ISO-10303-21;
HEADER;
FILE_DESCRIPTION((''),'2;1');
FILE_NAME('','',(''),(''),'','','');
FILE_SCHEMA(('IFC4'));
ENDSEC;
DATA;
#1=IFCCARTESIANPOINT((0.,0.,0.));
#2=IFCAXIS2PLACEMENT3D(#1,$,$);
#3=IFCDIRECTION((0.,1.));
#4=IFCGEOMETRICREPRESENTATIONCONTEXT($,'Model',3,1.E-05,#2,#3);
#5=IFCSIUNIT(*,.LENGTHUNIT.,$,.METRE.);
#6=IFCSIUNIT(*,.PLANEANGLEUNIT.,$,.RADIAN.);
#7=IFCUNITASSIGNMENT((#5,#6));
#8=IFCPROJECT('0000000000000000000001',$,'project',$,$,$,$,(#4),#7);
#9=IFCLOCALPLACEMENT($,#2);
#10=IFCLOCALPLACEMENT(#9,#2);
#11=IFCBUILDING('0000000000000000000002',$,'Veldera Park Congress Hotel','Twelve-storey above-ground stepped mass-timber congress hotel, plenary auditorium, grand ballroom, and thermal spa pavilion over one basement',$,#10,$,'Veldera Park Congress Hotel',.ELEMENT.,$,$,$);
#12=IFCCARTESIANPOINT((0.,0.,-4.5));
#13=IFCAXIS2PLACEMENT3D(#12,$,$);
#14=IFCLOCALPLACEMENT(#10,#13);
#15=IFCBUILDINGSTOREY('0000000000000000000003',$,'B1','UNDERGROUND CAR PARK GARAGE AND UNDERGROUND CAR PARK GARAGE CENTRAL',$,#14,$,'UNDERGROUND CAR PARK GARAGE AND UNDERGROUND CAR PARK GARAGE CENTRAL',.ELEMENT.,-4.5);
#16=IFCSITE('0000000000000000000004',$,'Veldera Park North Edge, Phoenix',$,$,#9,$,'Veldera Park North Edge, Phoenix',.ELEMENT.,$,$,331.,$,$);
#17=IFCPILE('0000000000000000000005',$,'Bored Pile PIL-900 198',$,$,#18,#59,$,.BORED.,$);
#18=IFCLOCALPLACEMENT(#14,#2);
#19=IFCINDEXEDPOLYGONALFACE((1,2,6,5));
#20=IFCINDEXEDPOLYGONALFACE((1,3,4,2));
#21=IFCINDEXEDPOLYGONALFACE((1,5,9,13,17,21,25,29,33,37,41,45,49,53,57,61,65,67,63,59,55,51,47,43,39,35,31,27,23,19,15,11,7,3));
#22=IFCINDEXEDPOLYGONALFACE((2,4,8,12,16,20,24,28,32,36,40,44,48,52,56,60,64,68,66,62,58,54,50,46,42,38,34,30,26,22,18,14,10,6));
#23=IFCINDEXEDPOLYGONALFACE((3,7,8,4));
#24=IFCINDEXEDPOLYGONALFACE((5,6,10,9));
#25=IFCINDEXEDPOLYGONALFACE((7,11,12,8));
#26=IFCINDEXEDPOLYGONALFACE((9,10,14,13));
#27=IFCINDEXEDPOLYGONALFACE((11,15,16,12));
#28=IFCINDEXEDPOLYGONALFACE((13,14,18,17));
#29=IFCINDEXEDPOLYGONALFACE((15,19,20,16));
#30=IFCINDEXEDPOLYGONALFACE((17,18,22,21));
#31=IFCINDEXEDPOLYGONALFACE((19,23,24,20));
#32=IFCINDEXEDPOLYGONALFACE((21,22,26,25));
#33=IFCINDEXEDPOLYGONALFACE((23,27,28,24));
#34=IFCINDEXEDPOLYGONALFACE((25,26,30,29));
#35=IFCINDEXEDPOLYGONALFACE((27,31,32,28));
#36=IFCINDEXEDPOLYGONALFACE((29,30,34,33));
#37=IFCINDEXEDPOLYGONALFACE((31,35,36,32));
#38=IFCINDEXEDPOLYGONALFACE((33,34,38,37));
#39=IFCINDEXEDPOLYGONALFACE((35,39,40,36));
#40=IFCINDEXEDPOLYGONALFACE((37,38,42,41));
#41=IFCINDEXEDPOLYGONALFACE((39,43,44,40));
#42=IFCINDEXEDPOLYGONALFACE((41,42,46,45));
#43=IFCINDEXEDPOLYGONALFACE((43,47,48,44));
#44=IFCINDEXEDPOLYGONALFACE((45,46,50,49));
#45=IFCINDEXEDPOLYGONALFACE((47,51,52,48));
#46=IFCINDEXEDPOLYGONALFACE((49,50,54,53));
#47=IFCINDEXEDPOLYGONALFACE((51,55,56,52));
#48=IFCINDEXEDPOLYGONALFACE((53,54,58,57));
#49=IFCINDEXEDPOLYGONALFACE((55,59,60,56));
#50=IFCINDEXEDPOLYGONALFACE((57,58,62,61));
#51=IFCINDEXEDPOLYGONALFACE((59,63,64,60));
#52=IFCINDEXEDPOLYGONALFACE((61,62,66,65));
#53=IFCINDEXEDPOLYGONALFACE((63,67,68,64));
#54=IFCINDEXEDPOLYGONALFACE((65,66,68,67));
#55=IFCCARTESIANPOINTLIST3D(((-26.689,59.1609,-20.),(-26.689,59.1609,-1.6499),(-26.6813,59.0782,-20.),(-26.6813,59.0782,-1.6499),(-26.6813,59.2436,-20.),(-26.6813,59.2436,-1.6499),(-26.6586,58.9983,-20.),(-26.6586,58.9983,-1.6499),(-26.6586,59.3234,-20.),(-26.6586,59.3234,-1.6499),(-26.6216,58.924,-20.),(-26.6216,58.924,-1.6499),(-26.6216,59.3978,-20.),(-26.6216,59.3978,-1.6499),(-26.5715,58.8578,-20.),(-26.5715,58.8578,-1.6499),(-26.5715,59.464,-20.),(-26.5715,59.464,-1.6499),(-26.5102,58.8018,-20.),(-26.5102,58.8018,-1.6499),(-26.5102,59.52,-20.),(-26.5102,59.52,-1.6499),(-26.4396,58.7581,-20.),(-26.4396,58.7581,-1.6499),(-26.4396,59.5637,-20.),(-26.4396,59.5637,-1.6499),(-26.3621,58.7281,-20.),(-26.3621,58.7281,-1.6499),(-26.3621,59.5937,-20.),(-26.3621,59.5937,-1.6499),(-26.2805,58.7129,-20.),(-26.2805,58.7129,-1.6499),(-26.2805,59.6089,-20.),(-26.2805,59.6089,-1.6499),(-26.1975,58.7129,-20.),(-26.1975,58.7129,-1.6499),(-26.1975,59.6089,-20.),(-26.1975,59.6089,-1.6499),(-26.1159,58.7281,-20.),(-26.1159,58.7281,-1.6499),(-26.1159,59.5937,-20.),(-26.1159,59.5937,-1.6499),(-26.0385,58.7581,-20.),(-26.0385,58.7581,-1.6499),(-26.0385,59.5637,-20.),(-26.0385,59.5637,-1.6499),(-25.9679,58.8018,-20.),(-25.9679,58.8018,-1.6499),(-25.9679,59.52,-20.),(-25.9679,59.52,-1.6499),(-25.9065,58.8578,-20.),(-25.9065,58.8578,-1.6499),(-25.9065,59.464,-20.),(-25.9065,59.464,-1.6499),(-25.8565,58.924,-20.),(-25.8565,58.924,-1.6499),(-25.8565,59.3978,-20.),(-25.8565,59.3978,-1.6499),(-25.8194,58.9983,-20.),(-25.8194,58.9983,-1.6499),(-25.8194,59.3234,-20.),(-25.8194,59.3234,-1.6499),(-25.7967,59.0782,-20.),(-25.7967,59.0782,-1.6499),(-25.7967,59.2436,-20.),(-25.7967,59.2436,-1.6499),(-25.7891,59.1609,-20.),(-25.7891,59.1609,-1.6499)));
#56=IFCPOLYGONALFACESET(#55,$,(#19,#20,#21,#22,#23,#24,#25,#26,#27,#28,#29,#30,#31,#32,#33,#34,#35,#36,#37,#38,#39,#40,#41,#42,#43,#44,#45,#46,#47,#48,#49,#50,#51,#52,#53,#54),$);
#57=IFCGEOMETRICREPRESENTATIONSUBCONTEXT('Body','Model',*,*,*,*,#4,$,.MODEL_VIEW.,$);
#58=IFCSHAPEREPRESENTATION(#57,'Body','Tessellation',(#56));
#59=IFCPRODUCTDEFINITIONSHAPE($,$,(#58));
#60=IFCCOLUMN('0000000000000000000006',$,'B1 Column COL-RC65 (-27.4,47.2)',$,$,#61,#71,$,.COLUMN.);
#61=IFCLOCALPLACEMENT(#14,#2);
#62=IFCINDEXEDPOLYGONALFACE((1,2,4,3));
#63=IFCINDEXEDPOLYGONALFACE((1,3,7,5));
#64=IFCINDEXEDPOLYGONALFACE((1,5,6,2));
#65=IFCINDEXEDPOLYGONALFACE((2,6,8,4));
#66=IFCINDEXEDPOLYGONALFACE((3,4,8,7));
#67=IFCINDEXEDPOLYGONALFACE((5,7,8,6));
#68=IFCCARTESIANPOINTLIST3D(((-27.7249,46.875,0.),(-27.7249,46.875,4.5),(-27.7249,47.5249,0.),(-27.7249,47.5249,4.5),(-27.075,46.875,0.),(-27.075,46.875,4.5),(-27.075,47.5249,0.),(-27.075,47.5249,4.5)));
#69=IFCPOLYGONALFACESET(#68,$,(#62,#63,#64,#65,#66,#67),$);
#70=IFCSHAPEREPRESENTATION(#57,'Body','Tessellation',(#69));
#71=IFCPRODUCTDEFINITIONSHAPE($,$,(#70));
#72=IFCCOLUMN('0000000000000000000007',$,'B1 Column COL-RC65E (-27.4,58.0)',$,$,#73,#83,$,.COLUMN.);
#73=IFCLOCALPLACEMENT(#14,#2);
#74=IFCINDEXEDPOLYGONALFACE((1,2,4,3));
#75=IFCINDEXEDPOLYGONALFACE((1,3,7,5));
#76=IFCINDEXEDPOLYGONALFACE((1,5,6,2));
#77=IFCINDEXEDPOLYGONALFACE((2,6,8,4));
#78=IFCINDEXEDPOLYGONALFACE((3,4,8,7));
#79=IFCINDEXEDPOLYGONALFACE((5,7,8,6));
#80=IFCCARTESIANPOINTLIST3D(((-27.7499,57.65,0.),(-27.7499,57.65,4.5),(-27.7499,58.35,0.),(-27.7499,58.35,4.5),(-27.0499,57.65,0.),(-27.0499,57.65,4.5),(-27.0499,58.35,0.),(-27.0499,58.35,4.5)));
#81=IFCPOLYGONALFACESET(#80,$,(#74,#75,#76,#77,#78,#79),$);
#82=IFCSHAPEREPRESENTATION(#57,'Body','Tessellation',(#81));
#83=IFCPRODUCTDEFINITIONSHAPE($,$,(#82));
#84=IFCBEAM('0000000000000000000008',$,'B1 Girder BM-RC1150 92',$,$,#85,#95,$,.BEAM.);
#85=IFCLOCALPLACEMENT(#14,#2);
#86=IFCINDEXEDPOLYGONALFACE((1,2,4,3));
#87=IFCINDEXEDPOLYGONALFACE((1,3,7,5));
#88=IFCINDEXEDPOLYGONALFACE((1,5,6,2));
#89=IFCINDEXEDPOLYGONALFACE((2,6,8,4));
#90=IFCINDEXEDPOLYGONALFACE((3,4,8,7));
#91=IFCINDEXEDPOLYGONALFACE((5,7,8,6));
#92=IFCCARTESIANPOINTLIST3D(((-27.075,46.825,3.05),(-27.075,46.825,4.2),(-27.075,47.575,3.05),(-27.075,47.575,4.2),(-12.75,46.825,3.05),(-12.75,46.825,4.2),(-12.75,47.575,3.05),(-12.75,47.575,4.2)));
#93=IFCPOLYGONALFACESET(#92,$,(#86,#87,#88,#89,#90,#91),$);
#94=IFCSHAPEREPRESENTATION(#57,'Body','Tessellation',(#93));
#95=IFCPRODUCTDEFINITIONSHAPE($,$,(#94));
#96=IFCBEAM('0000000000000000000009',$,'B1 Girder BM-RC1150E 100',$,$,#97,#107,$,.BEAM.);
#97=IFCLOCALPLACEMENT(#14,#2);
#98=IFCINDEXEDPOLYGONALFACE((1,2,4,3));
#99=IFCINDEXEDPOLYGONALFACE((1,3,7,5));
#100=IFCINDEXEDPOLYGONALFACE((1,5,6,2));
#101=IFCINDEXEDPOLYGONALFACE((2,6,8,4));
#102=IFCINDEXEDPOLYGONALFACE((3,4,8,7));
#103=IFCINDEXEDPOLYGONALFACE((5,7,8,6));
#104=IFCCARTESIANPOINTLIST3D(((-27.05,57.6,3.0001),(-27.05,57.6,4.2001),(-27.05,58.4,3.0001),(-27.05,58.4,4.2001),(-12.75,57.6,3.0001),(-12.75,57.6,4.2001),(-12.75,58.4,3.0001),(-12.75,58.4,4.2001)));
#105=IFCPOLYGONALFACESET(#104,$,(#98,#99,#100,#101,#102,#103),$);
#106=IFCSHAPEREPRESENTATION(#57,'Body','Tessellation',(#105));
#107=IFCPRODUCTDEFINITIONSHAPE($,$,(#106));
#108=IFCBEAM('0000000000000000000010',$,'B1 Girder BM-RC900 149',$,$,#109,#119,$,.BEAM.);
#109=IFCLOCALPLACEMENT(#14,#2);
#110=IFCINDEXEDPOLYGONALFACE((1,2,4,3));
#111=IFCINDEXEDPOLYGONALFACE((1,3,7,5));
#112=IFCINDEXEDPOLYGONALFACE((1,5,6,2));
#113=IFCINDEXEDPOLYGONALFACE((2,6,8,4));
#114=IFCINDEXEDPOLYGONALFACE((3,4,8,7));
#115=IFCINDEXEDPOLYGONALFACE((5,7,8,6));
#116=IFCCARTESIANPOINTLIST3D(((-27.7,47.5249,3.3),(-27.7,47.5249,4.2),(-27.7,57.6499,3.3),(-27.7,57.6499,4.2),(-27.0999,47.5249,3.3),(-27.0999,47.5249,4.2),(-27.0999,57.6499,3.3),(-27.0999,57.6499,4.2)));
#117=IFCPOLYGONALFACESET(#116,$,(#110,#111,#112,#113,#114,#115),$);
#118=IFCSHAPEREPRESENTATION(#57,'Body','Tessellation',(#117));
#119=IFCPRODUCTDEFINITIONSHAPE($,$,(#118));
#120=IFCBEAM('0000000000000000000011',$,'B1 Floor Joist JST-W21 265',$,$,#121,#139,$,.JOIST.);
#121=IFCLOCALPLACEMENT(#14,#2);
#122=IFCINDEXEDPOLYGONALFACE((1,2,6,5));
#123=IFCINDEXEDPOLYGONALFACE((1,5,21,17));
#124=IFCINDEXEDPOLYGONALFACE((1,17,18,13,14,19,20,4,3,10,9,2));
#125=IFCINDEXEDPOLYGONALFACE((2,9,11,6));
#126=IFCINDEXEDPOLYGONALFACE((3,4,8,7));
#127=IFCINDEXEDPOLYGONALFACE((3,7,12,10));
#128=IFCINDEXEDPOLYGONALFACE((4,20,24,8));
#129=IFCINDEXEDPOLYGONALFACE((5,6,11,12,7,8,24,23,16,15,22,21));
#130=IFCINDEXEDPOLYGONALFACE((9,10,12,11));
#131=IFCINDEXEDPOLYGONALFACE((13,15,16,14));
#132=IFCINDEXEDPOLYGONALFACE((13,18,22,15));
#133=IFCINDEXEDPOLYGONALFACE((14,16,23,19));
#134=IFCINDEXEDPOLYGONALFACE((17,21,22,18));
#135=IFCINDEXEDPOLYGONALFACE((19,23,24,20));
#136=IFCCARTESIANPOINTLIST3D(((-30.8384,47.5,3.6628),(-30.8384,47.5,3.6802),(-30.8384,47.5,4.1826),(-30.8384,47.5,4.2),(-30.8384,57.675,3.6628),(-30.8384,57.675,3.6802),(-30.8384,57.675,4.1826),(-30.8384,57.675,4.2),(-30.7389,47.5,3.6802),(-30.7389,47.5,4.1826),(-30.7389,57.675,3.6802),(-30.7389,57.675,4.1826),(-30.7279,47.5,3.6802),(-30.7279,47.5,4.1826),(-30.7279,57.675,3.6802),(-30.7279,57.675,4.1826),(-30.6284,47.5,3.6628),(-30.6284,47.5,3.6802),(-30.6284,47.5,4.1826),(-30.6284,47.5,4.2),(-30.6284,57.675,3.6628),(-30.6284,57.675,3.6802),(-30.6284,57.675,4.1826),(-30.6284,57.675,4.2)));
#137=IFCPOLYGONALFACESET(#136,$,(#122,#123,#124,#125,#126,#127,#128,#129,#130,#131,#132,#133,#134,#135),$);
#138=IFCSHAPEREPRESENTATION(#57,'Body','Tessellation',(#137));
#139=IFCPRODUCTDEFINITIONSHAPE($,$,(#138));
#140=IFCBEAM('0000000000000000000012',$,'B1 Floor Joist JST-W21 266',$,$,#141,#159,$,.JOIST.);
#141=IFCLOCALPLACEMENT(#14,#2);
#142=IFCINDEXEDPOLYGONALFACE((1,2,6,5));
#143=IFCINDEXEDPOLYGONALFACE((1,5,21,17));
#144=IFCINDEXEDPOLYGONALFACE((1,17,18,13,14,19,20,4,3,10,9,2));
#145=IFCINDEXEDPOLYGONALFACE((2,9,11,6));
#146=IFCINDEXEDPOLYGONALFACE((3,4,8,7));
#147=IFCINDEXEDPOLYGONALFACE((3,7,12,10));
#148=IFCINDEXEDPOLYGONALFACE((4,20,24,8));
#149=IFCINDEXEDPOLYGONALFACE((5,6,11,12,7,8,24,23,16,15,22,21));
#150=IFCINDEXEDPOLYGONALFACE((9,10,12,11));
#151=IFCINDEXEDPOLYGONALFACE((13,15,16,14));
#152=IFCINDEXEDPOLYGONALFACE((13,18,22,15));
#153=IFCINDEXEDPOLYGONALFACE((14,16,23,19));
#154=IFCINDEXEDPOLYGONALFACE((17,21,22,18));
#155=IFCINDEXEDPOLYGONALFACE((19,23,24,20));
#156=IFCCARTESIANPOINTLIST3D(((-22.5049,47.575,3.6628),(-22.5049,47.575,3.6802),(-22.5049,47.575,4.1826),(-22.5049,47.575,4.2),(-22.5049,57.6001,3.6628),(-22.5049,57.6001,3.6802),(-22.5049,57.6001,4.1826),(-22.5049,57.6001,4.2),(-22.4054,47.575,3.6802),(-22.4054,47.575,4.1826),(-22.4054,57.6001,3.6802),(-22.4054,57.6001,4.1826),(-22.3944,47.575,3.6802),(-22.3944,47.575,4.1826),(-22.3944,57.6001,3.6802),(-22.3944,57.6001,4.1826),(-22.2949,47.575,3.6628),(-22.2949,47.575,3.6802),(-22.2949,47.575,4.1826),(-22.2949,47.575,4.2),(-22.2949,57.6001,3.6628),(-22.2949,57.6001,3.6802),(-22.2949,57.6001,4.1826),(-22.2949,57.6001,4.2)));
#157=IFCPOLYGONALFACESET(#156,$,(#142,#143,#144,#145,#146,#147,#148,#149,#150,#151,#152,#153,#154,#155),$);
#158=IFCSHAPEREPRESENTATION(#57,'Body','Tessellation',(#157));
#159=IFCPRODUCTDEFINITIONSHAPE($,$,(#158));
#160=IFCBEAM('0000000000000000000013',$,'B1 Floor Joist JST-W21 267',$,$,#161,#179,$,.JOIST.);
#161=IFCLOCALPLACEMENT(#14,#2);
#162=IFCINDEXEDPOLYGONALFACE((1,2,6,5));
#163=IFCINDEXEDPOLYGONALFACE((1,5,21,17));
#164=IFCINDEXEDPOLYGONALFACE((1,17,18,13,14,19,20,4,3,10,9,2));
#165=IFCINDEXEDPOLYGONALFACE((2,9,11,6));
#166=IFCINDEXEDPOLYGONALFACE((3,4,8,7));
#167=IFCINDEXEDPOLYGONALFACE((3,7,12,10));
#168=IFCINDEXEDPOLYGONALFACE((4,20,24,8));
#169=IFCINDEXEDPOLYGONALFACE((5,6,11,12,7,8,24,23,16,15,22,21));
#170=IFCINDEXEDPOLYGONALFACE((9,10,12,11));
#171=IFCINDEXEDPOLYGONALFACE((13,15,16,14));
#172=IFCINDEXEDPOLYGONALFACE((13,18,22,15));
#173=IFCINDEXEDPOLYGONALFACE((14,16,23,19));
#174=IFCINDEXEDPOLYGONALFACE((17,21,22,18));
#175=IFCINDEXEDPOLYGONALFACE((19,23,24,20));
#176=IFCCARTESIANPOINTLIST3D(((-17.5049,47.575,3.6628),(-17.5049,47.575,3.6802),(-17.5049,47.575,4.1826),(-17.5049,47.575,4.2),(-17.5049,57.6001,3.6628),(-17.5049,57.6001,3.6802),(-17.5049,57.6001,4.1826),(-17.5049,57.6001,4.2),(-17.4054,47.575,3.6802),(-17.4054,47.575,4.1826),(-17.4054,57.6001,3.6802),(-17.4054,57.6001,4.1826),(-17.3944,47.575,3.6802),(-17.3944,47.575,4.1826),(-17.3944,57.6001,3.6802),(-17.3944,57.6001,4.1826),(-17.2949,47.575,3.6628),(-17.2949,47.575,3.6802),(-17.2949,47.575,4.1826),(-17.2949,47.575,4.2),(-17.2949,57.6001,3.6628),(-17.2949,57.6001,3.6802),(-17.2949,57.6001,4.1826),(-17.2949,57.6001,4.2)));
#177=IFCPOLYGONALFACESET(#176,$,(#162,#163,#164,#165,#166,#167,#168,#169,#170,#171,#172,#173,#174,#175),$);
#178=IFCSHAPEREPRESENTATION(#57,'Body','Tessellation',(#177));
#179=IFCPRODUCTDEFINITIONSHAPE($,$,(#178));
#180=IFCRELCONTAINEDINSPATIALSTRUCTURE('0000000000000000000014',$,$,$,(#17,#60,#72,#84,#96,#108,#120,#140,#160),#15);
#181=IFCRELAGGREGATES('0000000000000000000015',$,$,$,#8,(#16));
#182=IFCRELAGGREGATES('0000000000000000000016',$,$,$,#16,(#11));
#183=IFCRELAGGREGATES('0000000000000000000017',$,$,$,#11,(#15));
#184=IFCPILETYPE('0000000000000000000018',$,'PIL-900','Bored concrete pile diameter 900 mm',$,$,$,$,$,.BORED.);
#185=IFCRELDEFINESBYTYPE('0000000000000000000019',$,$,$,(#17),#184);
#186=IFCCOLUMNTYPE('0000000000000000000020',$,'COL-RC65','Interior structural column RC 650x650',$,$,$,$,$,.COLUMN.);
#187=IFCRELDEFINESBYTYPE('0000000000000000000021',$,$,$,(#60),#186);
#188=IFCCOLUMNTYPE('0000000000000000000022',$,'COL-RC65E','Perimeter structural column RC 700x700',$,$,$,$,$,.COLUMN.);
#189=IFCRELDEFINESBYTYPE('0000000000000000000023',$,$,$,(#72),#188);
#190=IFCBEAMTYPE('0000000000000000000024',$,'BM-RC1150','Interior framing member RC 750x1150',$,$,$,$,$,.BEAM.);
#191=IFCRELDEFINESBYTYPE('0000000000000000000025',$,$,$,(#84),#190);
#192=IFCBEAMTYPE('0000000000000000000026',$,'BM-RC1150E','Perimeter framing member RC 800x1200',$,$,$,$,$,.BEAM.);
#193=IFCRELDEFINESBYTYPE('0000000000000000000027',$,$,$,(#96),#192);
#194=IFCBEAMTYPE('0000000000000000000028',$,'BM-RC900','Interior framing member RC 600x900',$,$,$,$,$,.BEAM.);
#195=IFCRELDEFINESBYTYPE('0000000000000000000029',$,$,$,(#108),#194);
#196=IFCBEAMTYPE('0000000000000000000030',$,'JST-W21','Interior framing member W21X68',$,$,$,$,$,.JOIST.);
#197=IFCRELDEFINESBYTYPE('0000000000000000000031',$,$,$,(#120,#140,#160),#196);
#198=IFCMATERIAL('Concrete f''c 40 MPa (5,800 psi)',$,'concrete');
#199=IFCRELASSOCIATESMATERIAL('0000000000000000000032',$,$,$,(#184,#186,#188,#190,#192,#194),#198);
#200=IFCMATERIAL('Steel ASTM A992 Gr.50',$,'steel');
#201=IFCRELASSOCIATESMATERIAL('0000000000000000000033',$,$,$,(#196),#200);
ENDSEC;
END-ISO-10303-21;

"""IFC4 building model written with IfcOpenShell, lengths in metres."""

from ifc_helpers import new_model, si_unit, direction, frame, origin, origin_2d, place, context, subcontext, project, spatial, rectangle, circle, i_section, extrude, material, material_profile, profile_set, type_object, element, save


model = new_model("IFC4")

# Units and contexts
model_context = context("Model", 3, precision=1e-05, world=origin(), true_north=direction((0.0, 1.0)))
body_context = subcontext(model_context, "Body", "Model", "MODEL_VIEW")
ifc_project = project(units=[si_unit("LENGTHUNIT", "METRE"), si_unit("PLANEANGLEUNIT", "RADIAN")], contexts=[model_context])

# Site, building, storey
site_placement = place(None, origin())
site = spatial("IfcSite", under=ifc_project, at=site_placement, Name="Veldera Park North Edge, Phoenix", LongName="Veldera Park North Edge, Phoenix", CompositionType="ELEMENT", RefElevation=331.0)
building_placement = place(site_placement, origin())
building = spatial("IfcBuilding", under=site, at=building_placement, Name="Veldera Park Congress Hotel", Description="Twelve-storey above-ground stepped mass-timber congress hotel, plenary auditorium, grand ballroom, and thermal spa pavilion over one basement", LongName="Veldera Park Congress Hotel", CompositionType="ELEMENT")
storey_placement = place(building_placement, frame((0.0, 0.0, -4.5)))
storey = spatial("IfcBuildingStorey", under=building, at=storey_placement, Name="B1", Description="UNDERGROUND CAR PARK GARAGE AND UNDERGROUND CAR PARK GARAGE CENTRAL", LongName="UNDERGROUND CAR PARK GARAGE AND UNDERGROUND CAR PARK GARAGE CENTRAL", CompositionType="ELEMENT", Elevation=-4.5)

# Shared definitions
ifc_material_1 = material(Name="Concrete f'c 40 MPa (5,800 psi)", Category="concrete")

# Pile
ifc_material_profile_1 = material_profile(ifc_material_1, circle(Radius=0.45, at=origin_2d()), Name="PILE D900")
ifc_profile_set_1 = profile_set([ifc_material_profile_1], Name="Concrete f'c 40 MPa (5,800 psi)")
pile_type = type_object("IfcPileType", Name="PIL-900", Description="Bored concrete pile diameter 900 mm", PredefinedType="BORED", material=ifc_profile_set_1)
for number, where, z_axis, x_axis, name in (
    (1, (-26.239, 59.1609, -1.6499), (0.0, 0.0, -1.0), (1.0, 0.0, 0.0), "Bored Pile PIL-900 198"),
):
    element("IfcPile", number, at=place(storey_placement, frame(where, z_axis=z_axis, x_axis=x_axis)), inside=storey, type_object=pile_type, Name=name, PredefinedType="BORED", context=body_context, shape_type="SweptSolid", body=[
        extrude(circle(Radius=0.45, at=origin_2d()), origin(), (0.0, 0.0, 1.0), 18.3501),
    ])

# Columns
ifc_material_profile_2 = material_profile(ifc_material_1, rectangle(XDim=0.6499, YDim=0.6499, at=origin_2d()), Name="RC 650x650")
ifc_profile_set_2 = profile_set([ifc_material_profile_2], Name="Concrete f'c 40 MPa (5,800 psi)")
column_type_1 = type_object("IfcColumnType", Name="COL-RC65", Description="Interior structural column RC 650x650", PredefinedType="COLUMN", material=ifc_profile_set_2)
column_1_placement = place(storey_placement, frame((-27.3999, 47.2, 0.0), z_axis=(0.0, 0.0, 1.0), x_axis=(1.0, 0.0, 0.0)))
element("IfcColumn", 2, at=column_1_placement, inside=storey, type_object=column_type_1, Name="B1 Column COL-RC65 (-27.4,47.2)", PredefinedType="COLUMN", context=body_context, shape_type="SweptSolid", body=[
    extrude(rectangle(XDim=0.6499, YDim=0.6499, at=origin_2d()), origin(), (0.0, 0.0, 1.0), 4.5),
])
ifc_material_profile_3 = material_profile(ifc_material_1, rectangle(XDim=0.7, YDim=0.7, at=origin_2d()), Name="RC 700x700")
ifc_profile_set_3 = profile_set([ifc_material_profile_3], Name="Concrete f'c 40 MPa (5,800 psi)")
column_type_2 = type_object("IfcColumnType", Name="COL-RC65E", Description="Perimeter structural column RC 700x700", PredefinedType="COLUMN", material=ifc_profile_set_3)
column_2_placement = place(storey_placement, frame((-27.3999, 58.0, 0.0), z_axis=(0.0, 0.0, 1.0), x_axis=(1.0, 0.0, 0.0)))
element("IfcColumn", 3, at=column_2_placement, inside=storey, type_object=column_type_2, Name="B1 Column COL-RC65E (-27.4,58.0)", PredefinedType="COLUMN", context=body_context, shape_type="SweptSolid", body=[
    extrude(rectangle(XDim=0.7, YDim=0.7, at=origin_2d()), origin(), (0.0, 0.0, 1.0), 4.5),
])

# Beams
ifc_material_profile_4 = material_profile(ifc_material_1, rectangle(XDim=0.75, YDim=1.1499, at=origin_2d()), Name="RC 750x1150")
ifc_profile_set_4 = profile_set([ifc_material_profile_4], Name="Concrete f'c 40 MPa (5,800 psi)")
beam_type_1 = type_object("IfcBeamType", Name="BM-RC1150", Description="Interior framing member RC 750x1150", PredefinedType="BEAM", material=ifc_profile_set_4)
beam_1_placement = place(storey_placement, frame((-27.075, 47.2, 3.625), z_axis=(1.0, 0.0, 0.0), x_axis=(0.0, 1.0, 0.0)))
element("IfcBeam", 4, at=beam_1_placement, inside=storey, type_object=beam_type_1, Name="B1 Girder BM-RC1150 92", PredefinedType="BEAM", context=body_context, shape_type="SweptSolid", body=[
    extrude(rectangle(XDim=0.75, YDim=1.1499, at=origin_2d()), origin(), (0.0, 0.0, 1.0), 14.325),
])
ifc_material_profile_5 = material_profile(ifc_material_1, rectangle(XDim=0.8, YDim=1.2, at=origin_2d()), Name="RC 800x1200")
ifc_profile_set_5 = profile_set([ifc_material_profile_5], Name="Concrete f'c 40 MPa (5,800 psi)")
beam_type_2 = type_object("IfcBeamType", Name="BM-RC1150E", Description="Perimeter framing member RC 800x1200", PredefinedType="BEAM", material=ifc_profile_set_5)
beam_2_placement = place(storey_placement, frame((-27.05, 58.0, 3.6001), z_axis=(1.0, 0.0, 0.0), x_axis=(0.0, 1.0, 0.0)))
element("IfcBeam", 5, at=beam_2_placement, inside=storey, type_object=beam_type_2, Name="B1 Girder BM-RC1150E 100", PredefinedType="BEAM", context=body_context, shape_type="SweptSolid", body=[
    extrude(rectangle(XDim=0.8, YDim=1.2, at=origin_2d()), origin(), (0.0, 0.0, 1.0), 14.3),
])
ifc_material_profile_6 = material_profile(ifc_material_1, rectangle(XDim=0.6001, YDim=0.8999, at=origin_2d()), Name="RC 600x900")
ifc_profile_set_6 = profile_set([ifc_material_profile_6], Name="Concrete f'c 40 MPa (5,800 psi)")
beam_type_3 = type_object("IfcBeamType", Name="BM-RC900", Description="Interior framing member RC 600x900", PredefinedType="BEAM", material=ifc_profile_set_6)
beam_3_placement = place(storey_placement, frame((-27.3999, 47.5249, 3.75), z_axis=(0.0, 1.0, 0.0), x_axis=(-1.0, 0.0, 0.0)))
element("IfcBeam", 6, at=beam_3_placement, inside=storey, type_object=beam_type_3, Name="B1 Girder BM-RC900 149", PredefinedType="BEAM", context=body_context, shape_type="SweptSolid", body=[
    extrude(rectangle(XDim=0.6001, YDim=0.8999, at=origin_2d()), origin(), (0.0, 0.0, 1.0), 10.125),
])
ifc_material_2 = material(Name="Steel ASTM A992 Gr.50", Category="steel")
ifc_material_profile_7 = material_profile(ifc_material_2, i_section(OverallWidth=0.21, OverallDepth=0.5371, WebThickness=0.011, FlangeThickness=0.0173, at=origin_2d()), Name="W21X68")
ifc_profile_set_7 = profile_set([ifc_material_profile_7], Name="Steel ASTM A992 Gr.50")
beam_type_4 = type_object("IfcBeamType", Name="JST-W21", Description="Interior framing member W21X68", PredefinedType="JOIST", material=ifc_profile_set_7)
beam_4_placement = place(storey_placement, frame((-30.7334, 47.5, 3.9314), z_axis=(0.0, 1.0, 0.0), x_axis=(-1.0, 0.0, 0.0)))
element("IfcBeam", 7, at=beam_4_placement, inside=storey, type_object=beam_type_4, Name="B1 Floor Joist JST-W21 265", PredefinedType="JOIST", context=body_context, shape_type="SweptSolid", body=[
    extrude(i_section(OverallWidth=0.21, OverallDepth=0.5371, WebThickness=0.011, FlangeThickness=0.0173, at=origin_2d()), origin(), (0.0, 0.0, 1.0), 10.175),
])
for number, where, z_axis, x_axis, name in (
    (8, (-22.3999, 47.575, 3.9314), (0.0, 1.0, 0.0), (-1.0, 0.0, 0.0), "B1 Floor Joist JST-W21 266"),
    (9, (-17.3999, 47.575, 3.9314), (0.0, 1.0, 0.0), (-1.0, 0.0, 0.0), "B1 Floor Joist JST-W21 267"),
):
    element("IfcBeam", number, at=place(storey_placement, frame(where, z_axis=z_axis, x_axis=x_axis)), inside=storey, type_object=beam_type_4, Name=name, PredefinedType="JOIST", context=body_context, shape_type="SweptSolid", body=[
        extrude(i_section(OverallWidth=0.21, OverallDepth=0.5371, WebThickness=0.011, FlangeThickness=0.0173, at=origin_2d()), origin(), (0.0, 0.0, 1.0), 10.0251),
    ])

save(model, "model.ifc")
